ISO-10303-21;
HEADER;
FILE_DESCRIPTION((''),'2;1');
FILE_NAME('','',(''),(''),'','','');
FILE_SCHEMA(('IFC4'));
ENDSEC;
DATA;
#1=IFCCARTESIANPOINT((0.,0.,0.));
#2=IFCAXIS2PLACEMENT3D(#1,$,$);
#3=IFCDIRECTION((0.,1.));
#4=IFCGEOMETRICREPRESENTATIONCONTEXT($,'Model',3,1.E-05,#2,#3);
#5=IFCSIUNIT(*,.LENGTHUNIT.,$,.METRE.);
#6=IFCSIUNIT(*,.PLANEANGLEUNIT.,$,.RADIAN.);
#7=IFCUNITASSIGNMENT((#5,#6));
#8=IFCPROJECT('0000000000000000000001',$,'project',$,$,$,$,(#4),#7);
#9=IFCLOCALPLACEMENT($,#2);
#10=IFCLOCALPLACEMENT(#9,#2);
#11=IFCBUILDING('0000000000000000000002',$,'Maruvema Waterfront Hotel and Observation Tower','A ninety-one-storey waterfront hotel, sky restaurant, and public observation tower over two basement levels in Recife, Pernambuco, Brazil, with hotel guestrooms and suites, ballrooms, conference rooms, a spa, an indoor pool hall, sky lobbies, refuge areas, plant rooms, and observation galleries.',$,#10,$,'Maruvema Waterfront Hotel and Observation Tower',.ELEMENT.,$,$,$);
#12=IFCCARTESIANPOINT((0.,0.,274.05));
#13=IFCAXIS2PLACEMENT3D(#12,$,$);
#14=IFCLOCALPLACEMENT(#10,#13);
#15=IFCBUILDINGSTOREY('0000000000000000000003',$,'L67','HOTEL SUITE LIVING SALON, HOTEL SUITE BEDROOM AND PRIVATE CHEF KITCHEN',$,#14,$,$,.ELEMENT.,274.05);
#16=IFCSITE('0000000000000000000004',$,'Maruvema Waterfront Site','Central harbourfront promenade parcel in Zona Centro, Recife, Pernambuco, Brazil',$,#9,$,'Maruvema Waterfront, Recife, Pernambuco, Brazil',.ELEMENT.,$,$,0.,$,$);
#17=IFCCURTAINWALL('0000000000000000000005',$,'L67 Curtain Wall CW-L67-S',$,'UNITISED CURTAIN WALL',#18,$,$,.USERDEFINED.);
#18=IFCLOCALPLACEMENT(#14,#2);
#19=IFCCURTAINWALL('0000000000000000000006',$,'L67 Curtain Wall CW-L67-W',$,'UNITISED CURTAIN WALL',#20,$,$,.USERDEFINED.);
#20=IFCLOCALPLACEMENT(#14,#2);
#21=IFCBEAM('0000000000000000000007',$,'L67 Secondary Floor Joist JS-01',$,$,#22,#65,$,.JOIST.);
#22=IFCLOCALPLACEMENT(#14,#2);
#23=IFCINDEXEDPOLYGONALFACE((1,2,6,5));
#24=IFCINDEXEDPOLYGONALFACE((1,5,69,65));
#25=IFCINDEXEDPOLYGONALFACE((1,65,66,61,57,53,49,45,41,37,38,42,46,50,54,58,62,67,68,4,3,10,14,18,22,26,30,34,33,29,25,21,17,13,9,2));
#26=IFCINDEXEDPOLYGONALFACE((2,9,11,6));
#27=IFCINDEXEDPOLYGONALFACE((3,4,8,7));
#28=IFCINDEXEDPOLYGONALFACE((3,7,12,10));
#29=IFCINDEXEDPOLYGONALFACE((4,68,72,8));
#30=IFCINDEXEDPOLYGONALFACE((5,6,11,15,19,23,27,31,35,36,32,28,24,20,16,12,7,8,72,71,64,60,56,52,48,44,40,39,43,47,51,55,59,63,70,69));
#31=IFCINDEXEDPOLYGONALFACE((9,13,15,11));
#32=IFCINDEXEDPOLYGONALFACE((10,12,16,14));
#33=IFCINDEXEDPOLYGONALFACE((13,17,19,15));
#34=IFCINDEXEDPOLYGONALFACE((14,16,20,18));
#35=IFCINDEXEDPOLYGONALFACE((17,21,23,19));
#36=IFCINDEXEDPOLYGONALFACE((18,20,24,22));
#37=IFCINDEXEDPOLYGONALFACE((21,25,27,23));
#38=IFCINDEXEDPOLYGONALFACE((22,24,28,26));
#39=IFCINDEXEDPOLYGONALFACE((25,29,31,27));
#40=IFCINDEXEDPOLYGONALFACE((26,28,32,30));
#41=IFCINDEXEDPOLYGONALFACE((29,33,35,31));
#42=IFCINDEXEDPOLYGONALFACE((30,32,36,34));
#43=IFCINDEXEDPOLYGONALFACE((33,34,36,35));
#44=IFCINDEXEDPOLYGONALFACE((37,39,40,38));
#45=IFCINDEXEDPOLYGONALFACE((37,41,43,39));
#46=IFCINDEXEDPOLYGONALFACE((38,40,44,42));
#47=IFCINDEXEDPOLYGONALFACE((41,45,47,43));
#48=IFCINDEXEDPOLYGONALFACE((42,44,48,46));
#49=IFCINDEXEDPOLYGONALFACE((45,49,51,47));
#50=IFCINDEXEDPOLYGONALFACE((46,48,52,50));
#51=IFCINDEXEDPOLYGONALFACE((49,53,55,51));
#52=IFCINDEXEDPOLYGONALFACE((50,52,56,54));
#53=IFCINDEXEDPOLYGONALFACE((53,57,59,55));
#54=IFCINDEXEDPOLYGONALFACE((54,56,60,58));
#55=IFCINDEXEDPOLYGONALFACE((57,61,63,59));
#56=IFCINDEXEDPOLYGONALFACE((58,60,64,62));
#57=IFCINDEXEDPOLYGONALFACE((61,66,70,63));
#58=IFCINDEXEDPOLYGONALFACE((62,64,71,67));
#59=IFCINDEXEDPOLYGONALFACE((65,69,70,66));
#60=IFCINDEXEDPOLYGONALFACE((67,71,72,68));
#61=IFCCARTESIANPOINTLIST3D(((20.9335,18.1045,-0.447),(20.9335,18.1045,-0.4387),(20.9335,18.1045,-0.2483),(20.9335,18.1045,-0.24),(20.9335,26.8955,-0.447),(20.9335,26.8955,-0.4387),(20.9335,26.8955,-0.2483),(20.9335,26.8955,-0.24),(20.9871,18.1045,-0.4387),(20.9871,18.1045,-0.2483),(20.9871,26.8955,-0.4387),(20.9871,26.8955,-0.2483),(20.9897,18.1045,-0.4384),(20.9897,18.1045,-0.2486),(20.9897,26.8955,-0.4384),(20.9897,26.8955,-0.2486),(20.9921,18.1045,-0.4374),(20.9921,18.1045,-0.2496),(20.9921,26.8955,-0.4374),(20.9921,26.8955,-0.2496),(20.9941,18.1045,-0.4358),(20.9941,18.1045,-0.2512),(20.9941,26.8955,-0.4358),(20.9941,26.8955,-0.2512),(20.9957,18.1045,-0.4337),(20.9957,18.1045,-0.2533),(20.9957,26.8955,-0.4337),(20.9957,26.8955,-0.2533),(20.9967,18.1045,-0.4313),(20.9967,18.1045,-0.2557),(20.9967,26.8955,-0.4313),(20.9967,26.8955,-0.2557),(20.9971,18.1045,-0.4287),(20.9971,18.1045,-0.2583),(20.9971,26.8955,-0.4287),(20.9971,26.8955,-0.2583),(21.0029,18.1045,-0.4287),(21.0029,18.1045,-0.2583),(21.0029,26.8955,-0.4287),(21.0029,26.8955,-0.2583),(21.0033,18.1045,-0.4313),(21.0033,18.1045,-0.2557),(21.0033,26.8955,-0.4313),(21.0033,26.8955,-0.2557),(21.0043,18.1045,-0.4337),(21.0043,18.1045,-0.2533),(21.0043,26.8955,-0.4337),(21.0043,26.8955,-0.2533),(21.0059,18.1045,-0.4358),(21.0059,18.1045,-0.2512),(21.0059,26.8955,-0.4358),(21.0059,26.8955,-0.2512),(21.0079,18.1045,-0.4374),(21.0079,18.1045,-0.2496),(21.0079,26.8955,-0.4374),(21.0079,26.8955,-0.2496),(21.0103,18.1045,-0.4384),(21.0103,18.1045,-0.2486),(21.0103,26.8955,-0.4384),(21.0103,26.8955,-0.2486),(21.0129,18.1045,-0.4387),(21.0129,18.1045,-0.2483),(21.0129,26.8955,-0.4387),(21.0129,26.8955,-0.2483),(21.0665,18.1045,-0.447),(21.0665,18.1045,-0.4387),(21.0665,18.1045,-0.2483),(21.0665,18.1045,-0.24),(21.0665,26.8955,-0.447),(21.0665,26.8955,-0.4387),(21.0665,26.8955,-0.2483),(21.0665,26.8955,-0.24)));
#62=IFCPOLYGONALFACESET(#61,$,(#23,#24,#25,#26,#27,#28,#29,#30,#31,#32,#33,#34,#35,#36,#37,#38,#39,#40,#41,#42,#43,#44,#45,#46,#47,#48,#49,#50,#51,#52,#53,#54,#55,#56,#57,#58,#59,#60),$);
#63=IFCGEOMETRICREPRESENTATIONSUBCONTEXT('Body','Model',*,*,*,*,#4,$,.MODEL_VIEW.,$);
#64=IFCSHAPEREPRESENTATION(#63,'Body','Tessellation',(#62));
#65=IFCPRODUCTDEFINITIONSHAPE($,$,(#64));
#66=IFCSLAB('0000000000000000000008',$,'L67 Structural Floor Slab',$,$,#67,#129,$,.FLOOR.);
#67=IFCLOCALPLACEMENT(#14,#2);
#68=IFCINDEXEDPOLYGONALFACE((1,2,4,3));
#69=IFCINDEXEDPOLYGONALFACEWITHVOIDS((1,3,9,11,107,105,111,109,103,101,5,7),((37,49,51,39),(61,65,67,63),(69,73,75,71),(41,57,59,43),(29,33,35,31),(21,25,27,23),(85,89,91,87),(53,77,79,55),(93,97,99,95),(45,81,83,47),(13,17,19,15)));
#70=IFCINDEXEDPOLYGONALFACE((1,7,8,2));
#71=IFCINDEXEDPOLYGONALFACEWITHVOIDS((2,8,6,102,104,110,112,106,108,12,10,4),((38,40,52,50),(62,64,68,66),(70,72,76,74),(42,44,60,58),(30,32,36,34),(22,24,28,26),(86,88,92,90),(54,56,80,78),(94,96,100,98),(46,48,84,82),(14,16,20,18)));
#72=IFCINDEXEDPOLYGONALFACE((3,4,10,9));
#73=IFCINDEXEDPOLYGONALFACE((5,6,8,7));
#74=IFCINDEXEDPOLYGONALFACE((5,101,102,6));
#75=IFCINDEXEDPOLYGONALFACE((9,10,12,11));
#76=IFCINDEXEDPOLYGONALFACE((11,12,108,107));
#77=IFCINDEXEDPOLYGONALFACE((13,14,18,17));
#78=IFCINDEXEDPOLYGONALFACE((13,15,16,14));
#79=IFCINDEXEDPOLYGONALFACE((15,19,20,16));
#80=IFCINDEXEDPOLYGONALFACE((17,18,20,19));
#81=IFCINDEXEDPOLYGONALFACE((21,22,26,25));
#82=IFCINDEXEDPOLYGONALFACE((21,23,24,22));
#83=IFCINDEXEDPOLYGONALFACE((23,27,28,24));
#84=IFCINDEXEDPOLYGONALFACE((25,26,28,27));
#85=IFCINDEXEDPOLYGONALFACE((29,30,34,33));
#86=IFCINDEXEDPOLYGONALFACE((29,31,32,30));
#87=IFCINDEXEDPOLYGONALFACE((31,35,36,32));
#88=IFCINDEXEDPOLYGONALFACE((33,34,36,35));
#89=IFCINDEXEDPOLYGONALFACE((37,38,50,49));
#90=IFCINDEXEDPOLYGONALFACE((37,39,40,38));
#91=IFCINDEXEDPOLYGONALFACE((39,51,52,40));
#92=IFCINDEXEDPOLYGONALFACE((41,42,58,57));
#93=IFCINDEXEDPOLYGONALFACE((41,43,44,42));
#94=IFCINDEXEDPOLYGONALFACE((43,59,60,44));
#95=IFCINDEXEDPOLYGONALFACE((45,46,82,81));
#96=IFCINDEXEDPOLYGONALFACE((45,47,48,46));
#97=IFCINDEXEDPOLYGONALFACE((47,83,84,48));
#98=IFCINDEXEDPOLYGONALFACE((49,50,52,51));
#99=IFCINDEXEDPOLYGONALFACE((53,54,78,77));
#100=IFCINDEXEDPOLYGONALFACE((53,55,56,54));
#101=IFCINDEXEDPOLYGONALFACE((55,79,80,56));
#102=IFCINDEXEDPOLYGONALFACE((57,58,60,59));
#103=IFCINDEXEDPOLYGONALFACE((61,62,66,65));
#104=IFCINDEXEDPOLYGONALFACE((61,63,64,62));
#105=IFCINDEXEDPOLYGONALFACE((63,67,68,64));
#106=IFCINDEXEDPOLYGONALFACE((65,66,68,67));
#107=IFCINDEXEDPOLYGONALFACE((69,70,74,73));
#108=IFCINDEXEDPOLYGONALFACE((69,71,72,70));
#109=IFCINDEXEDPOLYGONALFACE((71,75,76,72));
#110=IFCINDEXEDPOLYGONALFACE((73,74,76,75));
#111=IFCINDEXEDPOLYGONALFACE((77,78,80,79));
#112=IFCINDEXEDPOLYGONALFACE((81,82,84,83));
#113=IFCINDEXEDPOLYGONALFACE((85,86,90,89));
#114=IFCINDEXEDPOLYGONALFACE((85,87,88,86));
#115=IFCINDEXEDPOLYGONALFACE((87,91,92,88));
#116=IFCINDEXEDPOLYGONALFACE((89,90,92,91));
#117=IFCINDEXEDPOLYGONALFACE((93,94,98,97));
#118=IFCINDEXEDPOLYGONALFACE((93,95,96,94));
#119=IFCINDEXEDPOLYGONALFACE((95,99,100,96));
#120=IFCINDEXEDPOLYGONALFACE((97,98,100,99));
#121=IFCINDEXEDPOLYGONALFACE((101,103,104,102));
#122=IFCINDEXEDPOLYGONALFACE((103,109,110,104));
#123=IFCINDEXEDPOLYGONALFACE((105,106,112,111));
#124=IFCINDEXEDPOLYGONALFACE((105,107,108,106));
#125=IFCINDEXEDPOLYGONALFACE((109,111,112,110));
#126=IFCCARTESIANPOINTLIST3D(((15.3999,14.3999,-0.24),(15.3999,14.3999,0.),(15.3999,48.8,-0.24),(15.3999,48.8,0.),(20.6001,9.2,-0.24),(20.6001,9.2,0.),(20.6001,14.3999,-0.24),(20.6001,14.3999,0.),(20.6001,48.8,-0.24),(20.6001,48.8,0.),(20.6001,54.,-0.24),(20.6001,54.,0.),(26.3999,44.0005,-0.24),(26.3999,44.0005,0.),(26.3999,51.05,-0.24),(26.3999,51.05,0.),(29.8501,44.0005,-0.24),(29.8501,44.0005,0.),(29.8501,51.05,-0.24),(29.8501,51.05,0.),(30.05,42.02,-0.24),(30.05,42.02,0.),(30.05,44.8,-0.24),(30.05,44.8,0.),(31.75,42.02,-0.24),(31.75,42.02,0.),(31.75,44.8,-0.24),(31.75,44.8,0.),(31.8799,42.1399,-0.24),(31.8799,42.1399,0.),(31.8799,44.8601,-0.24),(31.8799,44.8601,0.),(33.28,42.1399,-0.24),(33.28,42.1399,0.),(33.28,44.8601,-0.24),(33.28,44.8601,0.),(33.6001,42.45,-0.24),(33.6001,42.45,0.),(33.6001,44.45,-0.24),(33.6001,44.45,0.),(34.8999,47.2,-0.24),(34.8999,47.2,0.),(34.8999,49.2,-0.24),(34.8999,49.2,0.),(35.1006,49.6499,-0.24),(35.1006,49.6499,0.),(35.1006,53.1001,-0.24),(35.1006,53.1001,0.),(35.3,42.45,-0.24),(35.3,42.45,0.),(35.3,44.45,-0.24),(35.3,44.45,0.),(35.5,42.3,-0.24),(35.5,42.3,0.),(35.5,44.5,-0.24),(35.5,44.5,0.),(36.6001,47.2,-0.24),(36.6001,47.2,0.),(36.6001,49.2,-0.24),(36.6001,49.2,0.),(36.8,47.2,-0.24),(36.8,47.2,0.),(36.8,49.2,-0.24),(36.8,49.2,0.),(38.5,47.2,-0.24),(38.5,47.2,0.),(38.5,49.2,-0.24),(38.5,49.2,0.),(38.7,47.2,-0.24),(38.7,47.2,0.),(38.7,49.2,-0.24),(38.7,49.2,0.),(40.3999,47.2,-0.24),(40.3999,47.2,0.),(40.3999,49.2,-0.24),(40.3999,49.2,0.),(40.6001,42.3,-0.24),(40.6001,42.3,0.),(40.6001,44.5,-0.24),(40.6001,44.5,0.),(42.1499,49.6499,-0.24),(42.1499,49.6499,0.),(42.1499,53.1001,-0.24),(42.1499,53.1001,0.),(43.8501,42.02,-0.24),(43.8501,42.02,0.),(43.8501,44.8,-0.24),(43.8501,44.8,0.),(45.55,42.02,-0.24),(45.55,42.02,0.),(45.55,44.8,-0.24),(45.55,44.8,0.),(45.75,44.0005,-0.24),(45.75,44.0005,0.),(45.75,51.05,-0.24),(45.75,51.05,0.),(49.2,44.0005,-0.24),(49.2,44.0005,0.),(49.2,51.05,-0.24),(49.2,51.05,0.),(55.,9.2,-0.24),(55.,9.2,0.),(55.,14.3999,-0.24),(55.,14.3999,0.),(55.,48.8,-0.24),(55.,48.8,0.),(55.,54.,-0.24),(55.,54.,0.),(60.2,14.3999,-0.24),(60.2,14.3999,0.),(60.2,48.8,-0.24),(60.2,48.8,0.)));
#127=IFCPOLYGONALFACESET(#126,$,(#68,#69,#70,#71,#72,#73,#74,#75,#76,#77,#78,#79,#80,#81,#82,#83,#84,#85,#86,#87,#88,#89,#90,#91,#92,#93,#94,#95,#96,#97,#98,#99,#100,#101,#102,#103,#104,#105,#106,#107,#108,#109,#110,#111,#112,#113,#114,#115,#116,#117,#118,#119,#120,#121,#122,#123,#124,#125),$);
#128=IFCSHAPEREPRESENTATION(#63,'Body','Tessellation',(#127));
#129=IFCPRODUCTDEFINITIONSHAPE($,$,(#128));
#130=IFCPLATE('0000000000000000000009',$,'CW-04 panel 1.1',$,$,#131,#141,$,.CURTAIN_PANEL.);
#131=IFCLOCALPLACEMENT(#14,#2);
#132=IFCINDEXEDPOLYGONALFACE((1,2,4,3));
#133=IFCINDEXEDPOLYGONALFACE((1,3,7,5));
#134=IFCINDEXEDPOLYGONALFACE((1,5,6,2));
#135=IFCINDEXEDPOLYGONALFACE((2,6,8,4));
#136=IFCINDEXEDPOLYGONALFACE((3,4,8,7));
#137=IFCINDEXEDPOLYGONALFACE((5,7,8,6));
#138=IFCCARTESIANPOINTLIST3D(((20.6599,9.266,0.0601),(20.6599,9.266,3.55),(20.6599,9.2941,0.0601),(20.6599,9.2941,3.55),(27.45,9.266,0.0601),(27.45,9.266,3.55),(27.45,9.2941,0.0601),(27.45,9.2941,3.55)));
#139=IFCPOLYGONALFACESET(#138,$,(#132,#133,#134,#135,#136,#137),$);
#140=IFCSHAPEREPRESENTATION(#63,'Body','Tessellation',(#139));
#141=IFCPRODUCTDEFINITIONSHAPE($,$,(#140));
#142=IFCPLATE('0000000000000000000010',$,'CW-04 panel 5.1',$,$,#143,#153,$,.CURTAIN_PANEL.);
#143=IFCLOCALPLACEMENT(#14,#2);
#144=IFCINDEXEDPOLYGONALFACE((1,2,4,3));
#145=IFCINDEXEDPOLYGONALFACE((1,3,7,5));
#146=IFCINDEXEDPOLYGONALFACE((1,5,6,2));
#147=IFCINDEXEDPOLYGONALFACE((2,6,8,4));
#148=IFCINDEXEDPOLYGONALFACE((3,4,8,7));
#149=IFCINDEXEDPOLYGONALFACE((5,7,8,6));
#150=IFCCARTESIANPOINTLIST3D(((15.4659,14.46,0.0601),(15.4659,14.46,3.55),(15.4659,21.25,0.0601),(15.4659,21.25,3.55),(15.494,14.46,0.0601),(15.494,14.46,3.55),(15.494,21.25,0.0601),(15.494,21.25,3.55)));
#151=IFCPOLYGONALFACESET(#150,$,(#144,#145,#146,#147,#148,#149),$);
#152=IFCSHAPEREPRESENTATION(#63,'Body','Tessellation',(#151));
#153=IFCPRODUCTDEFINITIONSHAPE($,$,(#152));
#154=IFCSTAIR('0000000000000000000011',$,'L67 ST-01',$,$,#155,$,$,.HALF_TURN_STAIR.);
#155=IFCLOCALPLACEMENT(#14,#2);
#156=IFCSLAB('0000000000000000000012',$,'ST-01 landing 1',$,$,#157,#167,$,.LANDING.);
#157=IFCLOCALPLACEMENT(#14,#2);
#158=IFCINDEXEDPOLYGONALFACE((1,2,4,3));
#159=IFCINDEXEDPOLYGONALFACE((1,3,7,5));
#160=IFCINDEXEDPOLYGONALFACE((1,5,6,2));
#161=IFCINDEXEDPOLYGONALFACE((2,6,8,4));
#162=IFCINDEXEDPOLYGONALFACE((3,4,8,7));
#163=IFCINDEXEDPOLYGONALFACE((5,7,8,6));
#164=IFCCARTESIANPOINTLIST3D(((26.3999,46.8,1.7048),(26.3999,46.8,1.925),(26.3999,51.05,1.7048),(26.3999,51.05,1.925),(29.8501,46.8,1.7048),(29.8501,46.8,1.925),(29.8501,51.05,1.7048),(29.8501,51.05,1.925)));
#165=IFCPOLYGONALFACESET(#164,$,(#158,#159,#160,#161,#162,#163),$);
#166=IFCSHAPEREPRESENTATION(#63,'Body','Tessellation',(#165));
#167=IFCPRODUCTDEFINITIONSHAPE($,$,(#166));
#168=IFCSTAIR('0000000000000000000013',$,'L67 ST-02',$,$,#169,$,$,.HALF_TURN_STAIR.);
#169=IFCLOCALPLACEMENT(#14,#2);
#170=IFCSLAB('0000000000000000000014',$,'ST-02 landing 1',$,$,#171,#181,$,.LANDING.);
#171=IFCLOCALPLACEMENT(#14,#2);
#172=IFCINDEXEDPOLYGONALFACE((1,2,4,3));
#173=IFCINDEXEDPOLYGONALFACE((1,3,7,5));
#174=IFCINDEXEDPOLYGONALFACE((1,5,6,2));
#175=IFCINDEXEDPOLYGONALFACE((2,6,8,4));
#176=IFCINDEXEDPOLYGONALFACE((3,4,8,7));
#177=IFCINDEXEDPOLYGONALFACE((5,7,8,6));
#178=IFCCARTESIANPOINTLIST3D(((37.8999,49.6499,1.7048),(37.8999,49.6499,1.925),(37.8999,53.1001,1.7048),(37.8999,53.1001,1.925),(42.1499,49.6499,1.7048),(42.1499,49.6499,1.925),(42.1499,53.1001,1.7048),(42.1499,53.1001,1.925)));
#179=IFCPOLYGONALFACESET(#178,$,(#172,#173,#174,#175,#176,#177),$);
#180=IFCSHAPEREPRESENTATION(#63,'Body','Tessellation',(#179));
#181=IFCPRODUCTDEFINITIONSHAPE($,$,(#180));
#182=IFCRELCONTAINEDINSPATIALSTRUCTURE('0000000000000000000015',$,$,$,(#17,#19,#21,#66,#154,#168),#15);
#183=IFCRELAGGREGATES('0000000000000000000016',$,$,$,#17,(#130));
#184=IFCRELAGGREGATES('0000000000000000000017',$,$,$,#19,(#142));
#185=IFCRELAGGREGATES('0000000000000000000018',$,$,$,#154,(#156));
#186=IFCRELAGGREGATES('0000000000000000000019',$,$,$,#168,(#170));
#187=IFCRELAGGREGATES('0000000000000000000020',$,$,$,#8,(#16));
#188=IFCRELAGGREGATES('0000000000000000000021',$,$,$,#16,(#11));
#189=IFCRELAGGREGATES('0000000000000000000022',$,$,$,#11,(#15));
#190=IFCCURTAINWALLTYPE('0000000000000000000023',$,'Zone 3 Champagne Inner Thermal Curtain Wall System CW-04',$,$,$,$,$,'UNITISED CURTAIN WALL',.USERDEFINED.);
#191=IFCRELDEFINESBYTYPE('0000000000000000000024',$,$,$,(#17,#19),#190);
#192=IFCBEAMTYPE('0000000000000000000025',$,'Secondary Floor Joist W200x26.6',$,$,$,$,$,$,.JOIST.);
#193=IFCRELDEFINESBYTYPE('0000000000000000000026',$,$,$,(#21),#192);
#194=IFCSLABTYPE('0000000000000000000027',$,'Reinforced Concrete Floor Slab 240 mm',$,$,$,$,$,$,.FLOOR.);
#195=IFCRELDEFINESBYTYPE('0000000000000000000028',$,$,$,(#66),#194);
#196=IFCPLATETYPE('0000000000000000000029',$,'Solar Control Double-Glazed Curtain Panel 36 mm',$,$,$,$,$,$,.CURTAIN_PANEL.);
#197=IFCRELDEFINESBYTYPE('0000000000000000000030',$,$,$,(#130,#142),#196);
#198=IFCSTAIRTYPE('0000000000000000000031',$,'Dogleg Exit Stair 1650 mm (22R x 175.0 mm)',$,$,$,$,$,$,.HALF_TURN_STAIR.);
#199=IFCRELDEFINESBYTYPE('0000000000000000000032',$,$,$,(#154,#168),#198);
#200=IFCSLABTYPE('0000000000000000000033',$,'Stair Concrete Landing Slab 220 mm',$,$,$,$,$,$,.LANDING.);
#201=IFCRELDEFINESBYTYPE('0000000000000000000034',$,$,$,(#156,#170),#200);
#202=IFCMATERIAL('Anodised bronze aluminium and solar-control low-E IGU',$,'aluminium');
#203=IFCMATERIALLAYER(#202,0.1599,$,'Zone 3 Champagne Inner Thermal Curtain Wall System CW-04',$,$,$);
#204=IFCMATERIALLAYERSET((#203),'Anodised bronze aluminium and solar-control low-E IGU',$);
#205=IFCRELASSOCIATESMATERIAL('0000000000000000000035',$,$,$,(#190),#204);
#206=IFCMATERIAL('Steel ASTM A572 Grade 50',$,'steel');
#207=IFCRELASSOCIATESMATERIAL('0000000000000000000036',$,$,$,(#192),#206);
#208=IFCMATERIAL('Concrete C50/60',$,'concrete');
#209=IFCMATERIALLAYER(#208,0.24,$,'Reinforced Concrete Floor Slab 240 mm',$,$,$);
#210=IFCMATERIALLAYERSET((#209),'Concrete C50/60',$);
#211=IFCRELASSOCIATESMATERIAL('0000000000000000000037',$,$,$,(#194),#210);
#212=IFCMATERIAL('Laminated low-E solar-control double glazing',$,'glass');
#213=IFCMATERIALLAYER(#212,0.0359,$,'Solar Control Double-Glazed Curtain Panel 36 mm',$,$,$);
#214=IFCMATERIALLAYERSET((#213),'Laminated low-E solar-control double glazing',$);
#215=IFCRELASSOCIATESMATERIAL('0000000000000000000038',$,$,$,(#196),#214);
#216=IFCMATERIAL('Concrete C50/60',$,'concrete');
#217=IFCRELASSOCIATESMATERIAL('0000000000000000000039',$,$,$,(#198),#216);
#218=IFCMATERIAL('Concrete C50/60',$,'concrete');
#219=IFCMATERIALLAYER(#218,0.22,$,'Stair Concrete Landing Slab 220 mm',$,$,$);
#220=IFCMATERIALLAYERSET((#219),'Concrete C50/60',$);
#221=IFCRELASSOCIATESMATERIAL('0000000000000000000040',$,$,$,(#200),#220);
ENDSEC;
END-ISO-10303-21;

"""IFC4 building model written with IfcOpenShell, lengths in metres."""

from ifc_helpers import new_model, si_unit, direction, frame, origin, origin_2d, place, context, subcontext, project, spatial, polyline, rectangle, i_section, outline, extrude, material, layer, layer_set, material_profile, profile_set, type_object, element, aggregate, save


model = new_model("IFC4")

# Units and contexts
model_context = context("Model", 3, precision=1e-05, world=origin(), true_north=direction((0.0, 1.0)))
body_context = subcontext(model_context, "Body", "Model", "MODEL_VIEW")
ifc_project = project(units=[si_unit("LENGTHUNIT", "METRE"), si_unit("PLANEANGLEUNIT", "RADIAN")], contexts=[model_context])

# Site, building, storey
site_placement = place(None, origin())
site = spatial("IfcSite", under=ifc_project, at=site_placement, Name="Maruvema Waterfront Site", Description="Central harbourfront promenade parcel in Zona Centro, Recife, Pernambuco, Brazil", LongName="Maruvema Waterfront, Recife, Pernambuco, Brazil", CompositionType="ELEMENT", RefElevation=0.0)
building_placement = place(site_placement, origin())
building = spatial("IfcBuilding", under=site, at=building_placement, Name="Maruvema Waterfront Hotel and Observation Tower", Description="A ninety-one-storey waterfront hotel, sky restaurant, and public observation tower over two basement levels in Recife, Pernambuco, Brazil, with hotel guestrooms and suites, ballrooms, conference rooms, a spa, an indoor pool hall, sky lobbies, refuge areas, plant rooms, and observation galleries.", LongName="Maruvema Waterfront Hotel and Observation Tower", CompositionType="ELEMENT")
storey_placement = place(building_placement, frame((0.0, 0.0, 274.05)))
storey = spatial("IfcBuildingStorey", under=building, at=storey_placement, Name="L67", Description="HOTEL SUITE LIVING SALON, HOTEL SUITE BEDROOM AND PRIVATE CHEF KITCHEN", CompositionType="ELEMENT", Elevation=274.05)

# Curtain wall
ifc_material_1 = material(Name="Anodised bronze aluminium and solar-control low-E IGU", Category="aluminium")
ifc_layer_1 = layer(ifc_material_1, 0.1599, Name="Zone 3 Champagne Inner Thermal Curtain Wall System CW-04")
ifc_layer_set_1 = layer_set([ifc_layer_1], Name="Anodised bronze aluminium and solar-control low-E IGU")
curtain_wall_type = type_object("IfcCurtainWallType", Name="Zone 3 Champagne Inner Thermal Curtain Wall System CW-04", ElementType="UNITISED CURTAIN WALL", PredefinedType="USERDEFINED", material=ifc_layer_set_1)
curtain_wall_1_placement = place(storey_placement, origin())
curtain_wall_1 = element("IfcCurtainWall", 1, at=curtain_wall_1_placement, inside=storey, type_object=curtain_wall_type, Name="L67 Curtain Wall CW-L67-S", ObjectType="UNITISED CURTAIN WALL", PredefinedType="USERDEFINED")

# Curtain wall
curtain_wall_2_placement = place(storey_placement, origin())
curtain_wall_2 = element("IfcCurtainWall", 2, at=curtain_wall_2_placement, inside=storey, type_object=curtain_wall_type, Name="L67 Curtain Wall CW-L67-W", ObjectType="UNITISED CURTAIN WALL", PredefinedType="USERDEFINED")

# Beam
ifc_material_2 = material(Name="Steel ASTM A572 Grade 50", Category="steel")
ifc_material_profile_1 = material_profile(ifc_material_2, i_section(OverallWidth=0.1331, OverallDepth=0.207, WebThickness=0.0059, FlangeThickness=0.0083, FilletRadius=0.01, at=origin_2d()), Name="W200x26.6")
ifc_profile_set_1 = profile_set([ifc_material_profile_1], Name="Steel ASTM A572 Grade 50")
beam_type_1 = type_object("IfcBeamType", Name="Secondary Floor Joist W200x26.6", PredefinedType="JOIST", material=ifc_profile_set_1)
beam_1_placement = place(storey_placement, frame((21.0, 18.1045, -0.3435), z_axis=(0.0, 1.0, 0.0), x_axis=(-1.0, 0.0, 0.0)))
element("IfcBeam", 3, at=beam_1_placement, inside=storey, type_object=beam_type_1, Name="L67 Secondary Floor Joist JS-01", PredefinedType="JOIST", context=body_context, shape_type="SweptSolid", body=[
    extrude(i_section(OverallWidth=0.1331, OverallDepth=0.207, WebThickness=0.0059, FlangeThickness=0.0083, FilletRadius=0.01, at=origin_2d()), origin(), (0.0, 0.0, 1.0), 8.791),
])

# Slab
ifc_material_3 = material(Name="Concrete C50/60", Category="concrete")
ifc_layer_2 = layer(ifc_material_3, 0.24, Name="Reinforced Concrete Floor Slab 240 mm")
ifc_layer_set_2 = layer_set([ifc_layer_2], Name="Concrete C50/60")
slab_type_1 = type_object("IfcSlabType", Name="Reinforced Concrete Floor Slab 240 mm", PredefinedType="FLOOR", material=ifc_layer_set_2)
slab_1_placement = place(storey_placement, frame((0.0, 0.0, -0.24)))
element("IfcSlab", 4, at=slab_1_placement, inside=storey, type_object=slab_type_1, Name="L67 Structural Floor Slab", PredefinedType="FLOOR", context=body_context, shape_type="SweptSolid", body=[
    extrude(outline(polyline([(20.6001, 9.2), (55.0, 9.2), (55.0, 14.3999), (60.2, 14.3999), (60.2, 48.8), (55.0, 48.8), (55.0, 54.0), (20.6001, 54.0), (20.6001, 48.8), (15.3999, 48.8), (15.3999, 14.3999), (20.6001, 14.3999), (20.6001, 9.2)]), holes=[polyline([(26.3999, 44.0005), (26.3999, 51.05), (29.8501, 51.05), (29.8501, 44.0005), (26.3999, 44.0005)]), polyline([(30.05, 44.8), (31.75, 44.8), (31.75, 42.02), (30.05, 42.02), (30.05, 44.8)]), polyline([(31.8799, 42.1399), (31.8799, 44.8601), (33.28, 44.8601), (33.28, 42.1399), (31.8799, 42.1399)]), polyline([(33.6001, 44.45), (35.3, 44.45), (35.3, 42.45), (33.6001, 42.45), (33.6001, 44.45)]), polyline([(34.8999, 49.2), (36.6001, 49.2), (36.6001, 47.2), (34.8999, 47.2), (34.8999, 49.2)]), polyline([(36.8, 47.2), (36.8, 49.2), (38.5, 49.2), (38.5, 47.2), (36.8, 47.2)]), polyline([(35.5, 42.3), (35.5, 44.5), (40.6001, 44.5), (40.6001, 42.3), (35.5, 42.3)]), polyline([(35.1006, 53.1001), (42.1499, 53.1001), (42.1499, 49.6499), (35.1006, 49.6499), (35.1006, 53.1001)]), polyline([(38.7, 49.2), (40.3999, 49.2), (40.3999, 47.2), (38.7, 47.2), (38.7, 49.2)]), polyline([(43.8501, 44.8), (45.55, 44.8), (45.55, 42.02), (43.8501, 42.02), (43.8501, 44.8)]), polyline([(45.75, 44.0005), (45.75, 51.05), (49.2, 51.05), (49.2, 44.0005), (45.75, 44.0005)])]), origin(), (0.0, 0.0, 1.0), 0.24),
])

# Plates
ifc_material_4 = material(Name="Laminated low-E solar-control double glazing", Category="glass")
ifc_layer_3 = layer(ifc_material_4, 0.0359, Name="Solar Control Double-Glazed Curtain Panel 36 mm")
ifc_layer_set_3 = layer_set([ifc_layer_3], Name="Laminated low-E solar-control double glazing")
plate_type = type_object("IfcPlateType", Name="Solar Control Double-Glazed Curtain Panel 36 mm", PredefinedType="CURTAIN_PANEL", material=ifc_layer_set_3)
plate_1_placement = place(storey_placement, frame((24.0549, 9.28, 0.0601), z_axis=(0.0, 0.0, 1.0), x_axis=(1.0, 0.0, 0.0)))
plate_1 = element("IfcPlate", 5, at=plate_1_placement, type_object=plate_type, Name="CW-04 panel 1.1", PredefinedType="CURTAIN_PANEL", context=body_context, shape_type="SweptSolid", body=[
    extrude(rectangle(XDim=6.79, YDim=0.0281, at=origin_2d()), origin(), (0.0, 0.0, 1.0), 3.49),
])
aggregate(curtain_wall_1, [plate_1])
plate_2_placement = place(storey_placement, frame((15.48, 17.855, 0.0601), z_axis=(0.0, 0.0, 1.0), x_axis=(0.0, -1.0, 0.0)))
plate_2 = element("IfcPlate", 6, at=plate_2_placement, type_object=plate_type, Name="CW-04 panel 5.1", PredefinedType="CURTAIN_PANEL", context=body_context, shape_type="SweptSolid", body=[
    extrude(rectangle(XDim=6.79, YDim=0.0281, at=origin_2d()), origin(), (0.0, 0.0, 1.0), 3.49),
])
aggregate(curtain_wall_2, [plate_2])

# Stairs, slabs
ifc_material_5 = material(Name="Concrete C50/60", Category="concrete")
stair_type = type_object("IfcStairType", Name="Dogleg Exit Stair 1650 mm (22R x 175.0 mm)", PredefinedType="HALF_TURN_STAIR", material=ifc_material_5)
stair_1_placement = place(storey_placement, origin())
stair_1 = element("IfcStair", 7, at=stair_1_placement, inside=storey, type_object=stair_type, Name="L67 ST-01", PredefinedType="HALF_TURN_STAIR")
ifc_material_6 = material(Name="Concrete C50/60", Category="concrete")
ifc_layer_4 = layer(ifc_material_6, 0.22, Name="Stair Concrete Landing Slab 220 mm")
ifc_layer_set_4 = layer_set([ifc_layer_4], Name="Concrete C50/60")
slab_type_2 = type_object("IfcSlabType", Name="Stair Concrete Landing Slab 220 mm", PredefinedType="LANDING", material=ifc_layer_set_4)
slab_2_placement = place(storey_placement, frame((0.0, 0.0, 1.7048)))
slab_2 = element("IfcSlab", 8, at=slab_2_placement, type_object=slab_type_2, Name="ST-01 landing 1", PredefinedType="LANDING", context=body_context, shape_type="SweptSolid", body=[
    extrude(outline(polyline([(29.8501, 46.8), (29.8501, 51.05), (26.3999, 51.05), (26.3999, 46.8), (29.8501, 46.8)])), origin(), (0.0, 0.0, 1.0), 0.2202),
])
aggregate(stair_1, [slab_2])
stair_2_placement = place(storey_placement, origin())
stair_2 = element("IfcStair", 9, at=stair_2_placement, inside=storey, type_object=stair_type, Name="L67 ST-02", PredefinedType="HALF_TURN_STAIR")
slab_3_placement = place(storey_placement, frame((0.0, 0.0, 1.7048)))
slab_3 = element("IfcSlab", 10, at=slab_3_placement, type_object=slab_type_2, Name="ST-02 landing 1", PredefinedType="LANDING", context=body_context, shape_type="SweptSolid", body=[
    extrude(outline(polyline([(37.8999, 49.6499), (42.1499, 49.6499), (42.1499, 53.1001), (37.8999, 53.1001), (37.8999, 49.6499)])), origin(), (0.0, 0.0, 1.0), 0.2202),
])
aggregate(stair_2, [slab_3])

save(model, "model.ifc")
